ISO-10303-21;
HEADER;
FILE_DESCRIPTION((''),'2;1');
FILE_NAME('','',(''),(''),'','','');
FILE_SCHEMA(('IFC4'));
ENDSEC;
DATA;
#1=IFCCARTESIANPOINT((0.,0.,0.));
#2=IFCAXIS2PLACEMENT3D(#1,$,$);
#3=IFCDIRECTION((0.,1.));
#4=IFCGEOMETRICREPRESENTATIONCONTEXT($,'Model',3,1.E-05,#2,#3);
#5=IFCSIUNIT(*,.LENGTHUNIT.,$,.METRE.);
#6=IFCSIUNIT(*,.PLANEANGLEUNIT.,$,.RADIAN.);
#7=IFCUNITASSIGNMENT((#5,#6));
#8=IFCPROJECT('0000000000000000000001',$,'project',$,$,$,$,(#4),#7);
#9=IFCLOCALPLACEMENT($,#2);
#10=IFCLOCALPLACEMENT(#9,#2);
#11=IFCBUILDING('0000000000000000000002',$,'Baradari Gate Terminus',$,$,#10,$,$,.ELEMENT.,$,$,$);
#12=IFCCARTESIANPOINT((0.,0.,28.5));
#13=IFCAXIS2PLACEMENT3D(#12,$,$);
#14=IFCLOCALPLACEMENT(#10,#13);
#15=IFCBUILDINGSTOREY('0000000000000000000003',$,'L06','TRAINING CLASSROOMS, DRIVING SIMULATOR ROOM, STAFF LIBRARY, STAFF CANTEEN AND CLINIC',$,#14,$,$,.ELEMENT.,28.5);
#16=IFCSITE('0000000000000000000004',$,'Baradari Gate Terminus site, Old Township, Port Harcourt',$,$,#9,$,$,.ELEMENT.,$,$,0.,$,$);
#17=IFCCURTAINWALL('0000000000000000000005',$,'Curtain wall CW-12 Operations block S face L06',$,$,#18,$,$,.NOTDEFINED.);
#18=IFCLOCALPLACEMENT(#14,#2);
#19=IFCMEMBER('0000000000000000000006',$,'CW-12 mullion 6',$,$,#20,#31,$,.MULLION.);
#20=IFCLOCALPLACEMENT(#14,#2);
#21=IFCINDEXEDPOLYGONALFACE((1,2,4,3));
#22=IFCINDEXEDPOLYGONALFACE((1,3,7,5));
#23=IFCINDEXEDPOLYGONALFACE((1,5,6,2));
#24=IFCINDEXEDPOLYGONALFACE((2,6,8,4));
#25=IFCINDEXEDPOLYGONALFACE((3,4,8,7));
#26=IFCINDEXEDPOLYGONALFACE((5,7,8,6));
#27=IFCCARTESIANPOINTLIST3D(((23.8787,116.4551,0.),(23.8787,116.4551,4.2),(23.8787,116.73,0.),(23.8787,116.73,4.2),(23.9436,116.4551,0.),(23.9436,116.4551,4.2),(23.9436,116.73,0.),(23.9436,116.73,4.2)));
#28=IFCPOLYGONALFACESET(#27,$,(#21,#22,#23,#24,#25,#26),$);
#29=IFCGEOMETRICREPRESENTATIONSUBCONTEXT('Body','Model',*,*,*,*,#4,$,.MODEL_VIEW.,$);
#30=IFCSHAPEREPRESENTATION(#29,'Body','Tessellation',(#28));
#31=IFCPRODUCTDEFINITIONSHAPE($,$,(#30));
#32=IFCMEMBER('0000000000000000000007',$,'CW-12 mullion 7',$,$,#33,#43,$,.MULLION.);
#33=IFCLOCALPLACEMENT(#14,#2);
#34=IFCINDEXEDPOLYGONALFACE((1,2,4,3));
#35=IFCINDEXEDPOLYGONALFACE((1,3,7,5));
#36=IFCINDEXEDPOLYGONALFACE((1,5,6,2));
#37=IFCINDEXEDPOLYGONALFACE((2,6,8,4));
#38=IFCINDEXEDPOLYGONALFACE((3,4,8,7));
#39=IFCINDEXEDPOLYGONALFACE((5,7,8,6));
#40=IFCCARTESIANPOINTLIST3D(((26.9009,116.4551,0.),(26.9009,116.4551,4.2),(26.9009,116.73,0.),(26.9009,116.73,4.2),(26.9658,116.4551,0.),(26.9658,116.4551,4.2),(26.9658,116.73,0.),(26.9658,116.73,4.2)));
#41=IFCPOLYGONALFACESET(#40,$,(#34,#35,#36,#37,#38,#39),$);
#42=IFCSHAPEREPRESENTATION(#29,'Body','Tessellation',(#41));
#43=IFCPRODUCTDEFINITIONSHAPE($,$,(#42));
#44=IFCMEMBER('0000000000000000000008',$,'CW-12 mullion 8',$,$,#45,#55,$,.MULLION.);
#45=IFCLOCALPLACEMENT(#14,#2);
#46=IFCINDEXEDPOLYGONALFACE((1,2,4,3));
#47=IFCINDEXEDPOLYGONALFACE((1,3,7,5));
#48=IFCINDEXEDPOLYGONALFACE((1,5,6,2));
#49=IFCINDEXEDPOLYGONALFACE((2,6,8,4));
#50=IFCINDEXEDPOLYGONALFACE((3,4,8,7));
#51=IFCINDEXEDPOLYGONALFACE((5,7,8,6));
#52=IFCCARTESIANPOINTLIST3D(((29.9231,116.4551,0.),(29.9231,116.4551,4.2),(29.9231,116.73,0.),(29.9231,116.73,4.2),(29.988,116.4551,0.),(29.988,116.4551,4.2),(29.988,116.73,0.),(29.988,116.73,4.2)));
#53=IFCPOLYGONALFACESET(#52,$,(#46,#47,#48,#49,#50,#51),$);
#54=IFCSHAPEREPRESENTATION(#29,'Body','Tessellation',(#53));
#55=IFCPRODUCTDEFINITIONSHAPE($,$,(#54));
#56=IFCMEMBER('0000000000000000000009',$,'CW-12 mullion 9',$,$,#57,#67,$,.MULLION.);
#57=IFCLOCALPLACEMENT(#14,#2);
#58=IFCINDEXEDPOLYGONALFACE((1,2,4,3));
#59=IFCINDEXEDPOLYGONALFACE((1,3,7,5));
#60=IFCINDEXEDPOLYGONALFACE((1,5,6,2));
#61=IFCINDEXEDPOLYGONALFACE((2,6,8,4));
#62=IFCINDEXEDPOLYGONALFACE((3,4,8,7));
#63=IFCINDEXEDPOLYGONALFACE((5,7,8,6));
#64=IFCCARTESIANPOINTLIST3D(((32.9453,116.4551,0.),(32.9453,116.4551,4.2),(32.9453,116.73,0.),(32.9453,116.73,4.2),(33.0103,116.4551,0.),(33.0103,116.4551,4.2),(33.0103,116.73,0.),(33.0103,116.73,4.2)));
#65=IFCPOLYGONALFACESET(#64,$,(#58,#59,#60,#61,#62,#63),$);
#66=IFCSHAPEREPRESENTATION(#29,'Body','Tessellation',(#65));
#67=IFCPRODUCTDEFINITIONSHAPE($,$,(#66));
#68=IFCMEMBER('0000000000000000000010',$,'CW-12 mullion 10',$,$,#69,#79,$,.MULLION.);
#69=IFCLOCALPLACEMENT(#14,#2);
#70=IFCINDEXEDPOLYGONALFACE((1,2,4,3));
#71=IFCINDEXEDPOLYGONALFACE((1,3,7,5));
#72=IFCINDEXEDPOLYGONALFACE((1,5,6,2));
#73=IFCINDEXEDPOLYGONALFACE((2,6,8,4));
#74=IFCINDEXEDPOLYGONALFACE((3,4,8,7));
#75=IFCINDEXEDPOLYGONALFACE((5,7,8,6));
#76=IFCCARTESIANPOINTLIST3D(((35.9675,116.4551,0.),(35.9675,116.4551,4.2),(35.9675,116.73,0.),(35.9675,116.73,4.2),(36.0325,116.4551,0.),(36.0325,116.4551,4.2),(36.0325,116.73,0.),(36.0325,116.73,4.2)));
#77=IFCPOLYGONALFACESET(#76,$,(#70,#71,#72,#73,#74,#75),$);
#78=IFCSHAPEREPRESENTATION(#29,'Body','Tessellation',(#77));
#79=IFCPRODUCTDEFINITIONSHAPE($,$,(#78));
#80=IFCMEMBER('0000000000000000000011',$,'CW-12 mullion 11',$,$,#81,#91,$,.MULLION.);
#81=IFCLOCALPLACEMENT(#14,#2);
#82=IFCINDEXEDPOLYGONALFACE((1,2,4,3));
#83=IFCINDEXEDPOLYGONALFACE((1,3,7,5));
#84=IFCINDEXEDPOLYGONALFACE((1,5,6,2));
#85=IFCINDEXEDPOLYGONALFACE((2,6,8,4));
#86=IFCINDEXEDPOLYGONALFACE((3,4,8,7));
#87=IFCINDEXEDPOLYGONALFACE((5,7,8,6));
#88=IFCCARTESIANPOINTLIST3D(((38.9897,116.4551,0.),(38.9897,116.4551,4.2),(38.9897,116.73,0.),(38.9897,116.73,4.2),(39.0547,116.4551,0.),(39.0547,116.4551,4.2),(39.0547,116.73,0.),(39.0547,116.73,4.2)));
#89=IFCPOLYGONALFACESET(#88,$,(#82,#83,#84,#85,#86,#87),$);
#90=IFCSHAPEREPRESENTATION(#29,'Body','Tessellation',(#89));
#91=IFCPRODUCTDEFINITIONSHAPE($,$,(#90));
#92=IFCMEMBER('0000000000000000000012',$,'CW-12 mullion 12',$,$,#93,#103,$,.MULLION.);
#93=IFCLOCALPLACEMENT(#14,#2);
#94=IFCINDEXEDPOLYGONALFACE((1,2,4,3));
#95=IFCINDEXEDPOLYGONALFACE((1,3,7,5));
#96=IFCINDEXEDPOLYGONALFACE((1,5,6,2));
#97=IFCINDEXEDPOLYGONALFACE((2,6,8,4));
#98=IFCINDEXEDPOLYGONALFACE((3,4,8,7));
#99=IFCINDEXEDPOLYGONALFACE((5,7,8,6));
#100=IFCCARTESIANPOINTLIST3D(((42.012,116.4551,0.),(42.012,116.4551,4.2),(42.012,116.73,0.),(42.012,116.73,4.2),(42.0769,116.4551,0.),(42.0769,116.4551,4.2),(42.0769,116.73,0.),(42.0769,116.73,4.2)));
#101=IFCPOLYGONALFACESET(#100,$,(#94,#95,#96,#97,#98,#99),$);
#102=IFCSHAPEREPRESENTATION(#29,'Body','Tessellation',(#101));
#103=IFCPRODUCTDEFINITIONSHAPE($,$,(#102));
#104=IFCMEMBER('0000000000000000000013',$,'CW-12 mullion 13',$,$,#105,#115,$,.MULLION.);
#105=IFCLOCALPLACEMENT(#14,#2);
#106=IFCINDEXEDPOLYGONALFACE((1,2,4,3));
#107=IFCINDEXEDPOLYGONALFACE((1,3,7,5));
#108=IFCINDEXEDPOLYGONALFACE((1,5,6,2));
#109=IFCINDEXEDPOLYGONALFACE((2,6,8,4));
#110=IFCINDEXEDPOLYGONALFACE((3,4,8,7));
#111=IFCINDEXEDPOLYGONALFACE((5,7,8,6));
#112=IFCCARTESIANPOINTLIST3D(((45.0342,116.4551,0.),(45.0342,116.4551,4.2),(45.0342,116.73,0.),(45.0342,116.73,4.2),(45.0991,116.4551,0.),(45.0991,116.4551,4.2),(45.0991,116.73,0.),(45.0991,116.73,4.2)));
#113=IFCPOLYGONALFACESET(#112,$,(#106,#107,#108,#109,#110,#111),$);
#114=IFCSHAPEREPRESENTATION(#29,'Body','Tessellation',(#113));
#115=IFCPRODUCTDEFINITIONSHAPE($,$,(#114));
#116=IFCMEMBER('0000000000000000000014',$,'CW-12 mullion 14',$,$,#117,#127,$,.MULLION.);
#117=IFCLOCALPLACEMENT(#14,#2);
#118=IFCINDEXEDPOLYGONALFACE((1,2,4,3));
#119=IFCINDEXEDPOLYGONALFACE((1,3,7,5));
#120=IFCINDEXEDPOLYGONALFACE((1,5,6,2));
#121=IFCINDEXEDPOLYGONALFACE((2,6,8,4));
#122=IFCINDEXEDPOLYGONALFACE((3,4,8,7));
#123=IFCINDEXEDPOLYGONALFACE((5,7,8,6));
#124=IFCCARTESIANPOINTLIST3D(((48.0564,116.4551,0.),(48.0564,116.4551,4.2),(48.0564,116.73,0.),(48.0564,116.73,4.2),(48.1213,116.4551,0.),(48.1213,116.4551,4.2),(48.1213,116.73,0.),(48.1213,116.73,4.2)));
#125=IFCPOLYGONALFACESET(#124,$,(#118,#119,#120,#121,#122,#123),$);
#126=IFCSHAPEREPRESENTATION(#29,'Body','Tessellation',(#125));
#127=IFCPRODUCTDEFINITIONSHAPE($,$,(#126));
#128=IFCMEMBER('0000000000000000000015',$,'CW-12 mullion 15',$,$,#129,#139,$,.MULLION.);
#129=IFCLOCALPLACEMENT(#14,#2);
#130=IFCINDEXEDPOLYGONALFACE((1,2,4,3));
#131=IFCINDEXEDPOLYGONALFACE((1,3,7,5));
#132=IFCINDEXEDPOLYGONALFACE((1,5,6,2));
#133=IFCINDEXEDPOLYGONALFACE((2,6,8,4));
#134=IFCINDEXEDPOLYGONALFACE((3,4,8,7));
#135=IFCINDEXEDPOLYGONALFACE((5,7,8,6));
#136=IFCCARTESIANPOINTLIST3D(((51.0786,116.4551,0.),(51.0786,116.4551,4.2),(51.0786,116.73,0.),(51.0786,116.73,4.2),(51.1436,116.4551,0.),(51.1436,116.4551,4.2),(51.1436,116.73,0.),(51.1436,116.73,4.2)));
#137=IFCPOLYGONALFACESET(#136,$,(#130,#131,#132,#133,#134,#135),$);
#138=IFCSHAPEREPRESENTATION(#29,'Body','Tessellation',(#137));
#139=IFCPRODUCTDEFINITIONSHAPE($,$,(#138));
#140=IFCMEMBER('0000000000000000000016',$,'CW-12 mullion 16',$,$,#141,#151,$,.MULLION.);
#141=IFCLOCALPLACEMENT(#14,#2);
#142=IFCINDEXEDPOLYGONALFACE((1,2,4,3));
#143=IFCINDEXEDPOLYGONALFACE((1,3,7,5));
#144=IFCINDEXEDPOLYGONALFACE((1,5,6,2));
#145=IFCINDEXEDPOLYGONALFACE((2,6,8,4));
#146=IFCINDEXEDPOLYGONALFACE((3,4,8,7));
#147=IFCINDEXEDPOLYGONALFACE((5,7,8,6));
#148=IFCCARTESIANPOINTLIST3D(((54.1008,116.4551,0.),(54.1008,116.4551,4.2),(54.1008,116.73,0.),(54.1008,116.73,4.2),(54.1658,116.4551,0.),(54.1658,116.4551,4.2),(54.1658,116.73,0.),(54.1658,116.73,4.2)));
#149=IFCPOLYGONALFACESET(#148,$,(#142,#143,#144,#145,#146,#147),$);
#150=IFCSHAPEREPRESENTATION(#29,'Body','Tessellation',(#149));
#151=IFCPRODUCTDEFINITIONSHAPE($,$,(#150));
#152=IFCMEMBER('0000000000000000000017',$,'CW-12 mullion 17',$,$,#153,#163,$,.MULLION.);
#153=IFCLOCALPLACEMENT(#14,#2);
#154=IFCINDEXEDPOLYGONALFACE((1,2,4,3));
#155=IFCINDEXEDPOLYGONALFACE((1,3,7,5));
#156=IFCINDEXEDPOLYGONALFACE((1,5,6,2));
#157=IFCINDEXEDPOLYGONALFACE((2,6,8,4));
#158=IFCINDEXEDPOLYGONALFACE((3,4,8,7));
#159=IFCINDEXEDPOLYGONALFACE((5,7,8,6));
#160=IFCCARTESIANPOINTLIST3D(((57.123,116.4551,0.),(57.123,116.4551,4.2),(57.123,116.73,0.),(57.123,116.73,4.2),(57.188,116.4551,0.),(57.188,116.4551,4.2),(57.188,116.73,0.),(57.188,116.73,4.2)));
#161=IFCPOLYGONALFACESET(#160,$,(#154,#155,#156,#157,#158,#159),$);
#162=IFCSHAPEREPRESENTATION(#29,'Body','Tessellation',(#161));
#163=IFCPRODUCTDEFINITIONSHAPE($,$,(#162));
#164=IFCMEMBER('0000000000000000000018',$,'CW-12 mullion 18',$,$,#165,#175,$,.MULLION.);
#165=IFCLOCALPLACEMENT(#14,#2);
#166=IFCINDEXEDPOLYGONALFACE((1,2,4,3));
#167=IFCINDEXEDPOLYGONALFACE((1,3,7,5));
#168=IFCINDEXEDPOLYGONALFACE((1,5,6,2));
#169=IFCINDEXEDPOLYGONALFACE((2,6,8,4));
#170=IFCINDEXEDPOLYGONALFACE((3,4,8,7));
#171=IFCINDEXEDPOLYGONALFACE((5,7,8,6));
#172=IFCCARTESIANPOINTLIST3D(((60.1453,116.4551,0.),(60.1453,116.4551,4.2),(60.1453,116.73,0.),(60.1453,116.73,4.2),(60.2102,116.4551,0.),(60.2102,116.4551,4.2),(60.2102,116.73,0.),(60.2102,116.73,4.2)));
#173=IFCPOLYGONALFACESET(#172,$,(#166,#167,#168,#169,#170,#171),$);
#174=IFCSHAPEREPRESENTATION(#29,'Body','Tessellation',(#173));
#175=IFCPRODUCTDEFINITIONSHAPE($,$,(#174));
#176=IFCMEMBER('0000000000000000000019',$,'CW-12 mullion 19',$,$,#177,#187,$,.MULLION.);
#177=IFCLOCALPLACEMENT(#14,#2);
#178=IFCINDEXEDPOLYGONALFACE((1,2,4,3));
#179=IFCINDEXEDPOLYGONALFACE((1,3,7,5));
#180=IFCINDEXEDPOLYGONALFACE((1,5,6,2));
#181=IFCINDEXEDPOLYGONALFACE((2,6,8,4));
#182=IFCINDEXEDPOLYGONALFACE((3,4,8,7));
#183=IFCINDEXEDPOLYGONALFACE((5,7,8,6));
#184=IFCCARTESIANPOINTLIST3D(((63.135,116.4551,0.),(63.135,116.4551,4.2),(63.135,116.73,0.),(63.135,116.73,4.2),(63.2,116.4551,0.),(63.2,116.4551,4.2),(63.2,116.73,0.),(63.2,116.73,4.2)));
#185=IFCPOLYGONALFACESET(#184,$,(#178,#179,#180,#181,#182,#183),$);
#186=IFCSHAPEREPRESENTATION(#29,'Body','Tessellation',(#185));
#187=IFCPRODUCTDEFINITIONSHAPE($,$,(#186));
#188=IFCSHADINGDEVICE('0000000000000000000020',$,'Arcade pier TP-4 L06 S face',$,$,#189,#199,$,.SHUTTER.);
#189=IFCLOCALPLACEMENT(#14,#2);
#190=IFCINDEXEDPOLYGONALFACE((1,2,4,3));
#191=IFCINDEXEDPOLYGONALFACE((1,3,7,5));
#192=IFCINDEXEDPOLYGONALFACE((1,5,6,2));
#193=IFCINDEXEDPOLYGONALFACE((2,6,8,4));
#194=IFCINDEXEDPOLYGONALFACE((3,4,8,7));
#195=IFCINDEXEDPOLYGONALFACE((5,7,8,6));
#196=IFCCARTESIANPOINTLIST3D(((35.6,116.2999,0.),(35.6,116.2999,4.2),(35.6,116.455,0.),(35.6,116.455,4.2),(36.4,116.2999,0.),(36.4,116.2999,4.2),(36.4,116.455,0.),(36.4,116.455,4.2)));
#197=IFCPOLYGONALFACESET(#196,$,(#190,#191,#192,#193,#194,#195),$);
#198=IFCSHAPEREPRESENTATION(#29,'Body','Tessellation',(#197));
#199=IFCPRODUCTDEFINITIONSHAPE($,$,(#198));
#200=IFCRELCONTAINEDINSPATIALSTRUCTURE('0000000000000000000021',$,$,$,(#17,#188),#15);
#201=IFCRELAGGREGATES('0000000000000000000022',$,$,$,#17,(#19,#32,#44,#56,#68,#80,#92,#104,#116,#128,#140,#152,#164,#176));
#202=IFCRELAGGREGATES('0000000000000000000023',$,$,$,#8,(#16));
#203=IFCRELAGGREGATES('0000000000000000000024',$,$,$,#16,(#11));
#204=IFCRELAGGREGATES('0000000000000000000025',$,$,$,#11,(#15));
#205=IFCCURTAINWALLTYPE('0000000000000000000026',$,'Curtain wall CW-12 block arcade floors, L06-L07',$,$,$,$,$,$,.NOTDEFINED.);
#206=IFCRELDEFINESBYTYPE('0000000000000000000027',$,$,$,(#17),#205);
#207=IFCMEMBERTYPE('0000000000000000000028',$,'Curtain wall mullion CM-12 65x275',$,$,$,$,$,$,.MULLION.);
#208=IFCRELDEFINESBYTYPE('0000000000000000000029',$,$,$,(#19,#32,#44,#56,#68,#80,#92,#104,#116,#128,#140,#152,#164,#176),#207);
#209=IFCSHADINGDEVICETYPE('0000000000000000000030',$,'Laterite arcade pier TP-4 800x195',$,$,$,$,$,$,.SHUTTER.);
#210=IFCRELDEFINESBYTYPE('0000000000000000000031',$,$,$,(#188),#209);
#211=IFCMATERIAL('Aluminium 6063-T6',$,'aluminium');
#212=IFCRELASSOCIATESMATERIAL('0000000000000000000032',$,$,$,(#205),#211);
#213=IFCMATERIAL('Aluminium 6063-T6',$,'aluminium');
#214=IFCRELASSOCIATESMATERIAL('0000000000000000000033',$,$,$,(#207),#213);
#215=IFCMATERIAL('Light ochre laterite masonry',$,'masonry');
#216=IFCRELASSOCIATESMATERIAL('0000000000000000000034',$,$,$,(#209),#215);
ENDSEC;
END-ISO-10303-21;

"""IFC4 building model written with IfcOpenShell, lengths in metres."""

from ifc_helpers import new_model, si_unit, direction, frame, origin, origin_2d, place, context, subcontext, project, spatial, rectangle, extrude, material, material_profile, profile_set, type_object, element, aggregate, save


model = new_model("IFC4")

# Units and contexts
model_context = context("Model", 3, precision=1e-05, world=origin(), true_north=direction((0.0, 1.0)))
body_context = subcontext(model_context, "Body", "Model", "MODEL_VIEW")
ifc_project = project(units=[si_unit("LENGTHUNIT", "METRE"), si_unit("PLANEANGLEUNIT", "RADIAN")], contexts=[model_context])

# Site, building, storey
site_placement = place(None, origin())
site = spatial("IfcSite", under=ifc_project, at=site_placement, Name="Baradari Gate Terminus site, Old Township, Port Harcourt", CompositionType="ELEMENT", RefElevation=0.0)
building_placement = place(site_placement, origin())
building = spatial("IfcBuilding", under=site, at=building_placement, Name="Baradari Gate Terminus", CompositionType="ELEMENT")
storey_placement = place(building_placement, frame((0.0, 0.0, 28.5)))
storey = spatial("IfcBuildingStorey", under=building, at=storey_placement, Name="L06", Description="TRAINING CLASSROOMS, DRIVING SIMULATOR ROOM, STAFF LIBRARY, STAFF CANTEEN AND CLINIC", CompositionType="ELEMENT", Elevation=28.5)

# Curtain wall, members
ifc_material_1 = material(Name="Aluminium 6063-T6", Category="aluminium")
curtain_wall_type = type_object("IfcCurtainWallType", Name="Curtain wall CW-12 block arcade floors, L06-L07", PredefinedType="NOTDEFINED", material=ifc_material_1)
curtain_wall_placement = place(storey_placement, origin())
curtain_wall = element("IfcCurtainWall", 1, at=curtain_wall_placement, inside=storey, type_object=curtain_wall_type, Name="Curtain wall CW-12 Operations block S face L06", PredefinedType="NOTDEFINED")
ifc_material_2 = material(Name="Aluminium 6063-T6", Category="aluminium")
ifc_material_profile = material_profile(ifc_material_2, rectangle(XDim=0.2749, YDim=0.0649, at=origin_2d()), Name="CM-12 65X275")
ifc_profile_set = profile_set([ifc_material_profile], Name="Aluminium 6063-T6")
member_type = type_object("IfcMemberType", Name="Curtain wall mullion CM-12 65x275", PredefinedType="MULLION", material=ifc_profile_set)
member_1_placement = place(storey_placement, frame((23.9111, 116.5925, 0.0), z_axis=(0.0, 0.0, 1.0), x_axis=(0.0, 1.0, 0.0)))
member_1 = element("IfcMember", 2, at=member_1_placement, type_object=member_type, Name="CW-12 mullion 6", PredefinedType="MULLION", context=body_context, shape_type="SweptSolid", body=[
    extrude(rectangle(XDim=0.2749, YDim=0.0649, at=origin_2d()), origin(), (0.0, 0.0, 1.0), 4.2),
])
member_2_placement = place(storey_placement, frame((26.9333, 116.5925, 0.0), z_axis=(0.0, 0.0, 1.0), x_axis=(0.0, 1.0, 0.0)))
member_2 = element("IfcMember", 3, at=member_2_placement, type_object=member_type, Name="CW-12 mullion 7", PredefinedType="MULLION", context=body_context, shape_type="SweptSolid", body=[
    extrude(rectangle(XDim=0.2749, YDim=0.0649, at=origin_2d()), origin(), (0.0, 0.0, 1.0), 4.2),
])
member_3_placement = place(storey_placement, frame((29.9556, 116.5925, 0.0), z_axis=(0.0, 0.0, 1.0), x_axis=(0.0, 1.0, 0.0)))
member_3 = element("IfcMember", 4, at=member_3_placement, type_object=member_type, Name="CW-12 mullion 8", PredefinedType="MULLION", context=body_context, shape_type="SweptSolid", body=[
    extrude(rectangle(XDim=0.2749, YDim=0.0649, at=origin_2d()), origin(), (0.0, 0.0, 1.0), 4.2),
])
member_4_placement = place(storey_placement, frame((32.9778, 116.5925, 0.0), z_axis=(0.0, 0.0, 1.0), x_axis=(0.0, 1.0, 0.0)))
member_4 = element("IfcMember", 5, at=member_4_placement, type_object=member_type, Name="CW-12 mullion 9", PredefinedType="MULLION", context=body_context, shape_type="SweptSolid", body=[
    extrude(rectangle(XDim=0.2749, YDim=0.0649, at=origin_2d()), origin(), (0.0, 0.0, 1.0), 4.2),
])
member_5_placement = place(storey_placement, frame((36.0, 116.5925, 0.0), z_axis=(0.0, 0.0, 1.0), x_axis=(0.0, 1.0, 0.0)))
member_5 = element("IfcMember", 6, at=member_5_placement, type_object=member_type, Name="CW-12 mullion 10", PredefinedType="MULLION", context=body_context, shape_type="SweptSolid", body=[
    extrude(rectangle(XDim=0.2749, YDim=0.0649, at=origin_2d()), origin(), (0.0, 0.0, 1.0), 4.2),
])
member_6_placement = place(storey_placement, frame((39.0222, 116.5925, 0.0), z_axis=(0.0, 0.0, 1.0), x_axis=(0.0, 1.0, 0.0)))
member_6 = element("IfcMember", 7, at=member_6_placement, type_object=member_type, Name="CW-12 mullion 11", PredefinedType="MULLION", context=body_context, shape_type="SweptSolid", body=[
    extrude(rectangle(XDim=0.2749, YDim=0.0649, at=origin_2d()), origin(), (0.0, 0.0, 1.0), 4.2),
])
member_7_placement = place(storey_placement, frame((42.0444, 116.5925, 0.0), z_axis=(0.0, 0.0, 1.0), x_axis=(0.0, 1.0, 0.0)))
member_7 = element("IfcMember", 8, at=member_7_placement, type_object=member_type, Name="CW-12 mullion 12", PredefinedType="MULLION", context=body_context, shape_type="SweptSolid", body=[
    extrude(rectangle(XDim=0.2749, YDim=0.0649, at=origin_2d()), origin(), (0.0, 0.0, 1.0), 4.2),
])
member_8_placement = place(storey_placement, frame((45.0667, 116.5925, 0.0), z_axis=(0.0, 0.0, 1.0), x_axis=(0.0, 1.0, 0.0)))
member_8 = element("IfcMember", 9, at=member_8_placement, type_object=member_type, Name="CW-12 mullion 13", PredefinedType="MULLION", context=body_context, shape_type="SweptSolid", body=[
    extrude(rectangle(XDim=0.2749, YDim=0.0649, at=origin_2d()), origin(), (0.0, 0.0, 1.0), 4.2),
])
member_9_placement = place(storey_placement, frame((48.0889, 116.5925, 0.0), z_axis=(0.0, 0.0, 1.0), x_axis=(0.0, 1.0, 0.0)))
member_9 = element("IfcMember", 10, at=member_9_placement, type_object=member_type, Name="CW-12 mullion 14", PredefinedType="MULLION", context=body_context, shape_type="SweptSolid", body=[
    extrude(rectangle(XDim=0.2749, YDim=0.0649, at=origin_2d()), origin(), (0.0, 0.0, 1.0), 4.2),
])
member_10_placement = place(storey_placement, frame((51.1111, 116.5925, 0.0), z_axis=(0.0, 0.0, 1.0), x_axis=(0.0, 1.0, 0.0)))
member_10 = element("IfcMember", 11, at=member_10_placement, type_object=member_type, Name="CW-12 mullion 15", PredefinedType="MULLION", context=body_context, shape_type="SweptSolid", body=[
    extrude(rectangle(XDim=0.2749, YDim=0.0649, at=origin_2d()), origin(), (0.0, 0.0, 1.0), 4.2),
])
member_11_placement = place(storey_placement, frame((54.1333, 116.5925, 0.0), z_axis=(0.0, 0.0, 1.0), x_axis=(0.0, 1.0, 0.0)))
member_11 = element("IfcMember", 12, at=member_11_placement, type_object=member_type, Name="CW-12 mullion 16", PredefinedType="MULLION", context=body_context, shape_type="SweptSolid", body=[
    extrude(rectangle(XDim=0.2749, YDim=0.0649, at=origin_2d()), origin(), (0.0, 0.0, 1.0), 4.2),
])
member_12_placement = place(storey_placement, frame((57.1555, 116.5925, 0.0), z_axis=(0.0, 0.0, 1.0), x_axis=(0.0, 1.0, 0.0)))
member_12 = element("IfcMember", 13, at=member_12_placement, type_object=member_type, Name="CW-12 mullion 17", PredefinedType="MULLION", context=body_context, shape_type="SweptSolid", body=[
    extrude(rectangle(XDim=0.2749, YDim=0.0649, at=origin_2d()), origin(), (0.0, 0.0, 1.0), 4.2),
])
member_13_placement = place(storey_placement, frame((60.1777, 116.5925, 0.0), z_axis=(0.0, 0.0, 1.0), x_axis=(0.0, 1.0, 0.0)))
member_13 = element("IfcMember", 14, at=member_13_placement, type_object=member_type, Name="CW-12 mullion 18", PredefinedType="MULLION", context=body_context, shape_type="SweptSolid", body=[
    extrude(rectangle(XDim=0.2749, YDim=0.0649, at=origin_2d()), origin(), (0.0, 0.0, 1.0), 4.2),
])
member_14_placement = place(storey_placement, frame((63.1675, 116.5925, 0.0), z_axis=(0.0, 0.0, 1.0), x_axis=(0.0, 1.0, 0.0)))
member_14 = element("IfcMember", 15, at=member_14_placement, type_object=member_type, Name="CW-12 mullion 19", PredefinedType="MULLION", context=body_context, shape_type="SweptSolid", body=[
    extrude(rectangle(XDim=0.2749, YDim=0.0649, at=origin_2d()), origin(), (0.0, 0.0, 1.0), 4.2),
])
aggregate(curtain_wall, [member_1, member_2, member_3, member_4, member_5, member_6, member_7, member_8, member_9, member_10, member_11, member_12, member_13, member_14])

# Shading device
ifc_material_3 = material(Name="Light ochre laterite masonry", Category="masonry")
shading_device_type = type_object("IfcShadingDeviceType", Name="Laterite arcade pier TP-4 800x195", PredefinedType="SHUTTER", material=ifc_material_3)
for number, where, z_axis, x_axis, name in (
    (16, (36.0, 116.3774, 0.0), (0.0, 0.0, 1.0), (1.0, 0.0, 0.0), "Arcade pier TP-4 L06 S face"),
):
    element("IfcShadingDevice", number, at=place(storey_placement, frame(where, z_axis=z_axis, x_axis=x_axis)), inside=storey, type_object=shading_device_type, Name=name, PredefinedType="SHUTTER", context=body_context, shape_type="SweptSolid", body=[
        extrude(rectangle(XDim=0.8, YDim=0.155, at=origin_2d()), origin(), (0.0, 0.0, 1.0), 4.2),
    ])

save(model, "model.ifc")
